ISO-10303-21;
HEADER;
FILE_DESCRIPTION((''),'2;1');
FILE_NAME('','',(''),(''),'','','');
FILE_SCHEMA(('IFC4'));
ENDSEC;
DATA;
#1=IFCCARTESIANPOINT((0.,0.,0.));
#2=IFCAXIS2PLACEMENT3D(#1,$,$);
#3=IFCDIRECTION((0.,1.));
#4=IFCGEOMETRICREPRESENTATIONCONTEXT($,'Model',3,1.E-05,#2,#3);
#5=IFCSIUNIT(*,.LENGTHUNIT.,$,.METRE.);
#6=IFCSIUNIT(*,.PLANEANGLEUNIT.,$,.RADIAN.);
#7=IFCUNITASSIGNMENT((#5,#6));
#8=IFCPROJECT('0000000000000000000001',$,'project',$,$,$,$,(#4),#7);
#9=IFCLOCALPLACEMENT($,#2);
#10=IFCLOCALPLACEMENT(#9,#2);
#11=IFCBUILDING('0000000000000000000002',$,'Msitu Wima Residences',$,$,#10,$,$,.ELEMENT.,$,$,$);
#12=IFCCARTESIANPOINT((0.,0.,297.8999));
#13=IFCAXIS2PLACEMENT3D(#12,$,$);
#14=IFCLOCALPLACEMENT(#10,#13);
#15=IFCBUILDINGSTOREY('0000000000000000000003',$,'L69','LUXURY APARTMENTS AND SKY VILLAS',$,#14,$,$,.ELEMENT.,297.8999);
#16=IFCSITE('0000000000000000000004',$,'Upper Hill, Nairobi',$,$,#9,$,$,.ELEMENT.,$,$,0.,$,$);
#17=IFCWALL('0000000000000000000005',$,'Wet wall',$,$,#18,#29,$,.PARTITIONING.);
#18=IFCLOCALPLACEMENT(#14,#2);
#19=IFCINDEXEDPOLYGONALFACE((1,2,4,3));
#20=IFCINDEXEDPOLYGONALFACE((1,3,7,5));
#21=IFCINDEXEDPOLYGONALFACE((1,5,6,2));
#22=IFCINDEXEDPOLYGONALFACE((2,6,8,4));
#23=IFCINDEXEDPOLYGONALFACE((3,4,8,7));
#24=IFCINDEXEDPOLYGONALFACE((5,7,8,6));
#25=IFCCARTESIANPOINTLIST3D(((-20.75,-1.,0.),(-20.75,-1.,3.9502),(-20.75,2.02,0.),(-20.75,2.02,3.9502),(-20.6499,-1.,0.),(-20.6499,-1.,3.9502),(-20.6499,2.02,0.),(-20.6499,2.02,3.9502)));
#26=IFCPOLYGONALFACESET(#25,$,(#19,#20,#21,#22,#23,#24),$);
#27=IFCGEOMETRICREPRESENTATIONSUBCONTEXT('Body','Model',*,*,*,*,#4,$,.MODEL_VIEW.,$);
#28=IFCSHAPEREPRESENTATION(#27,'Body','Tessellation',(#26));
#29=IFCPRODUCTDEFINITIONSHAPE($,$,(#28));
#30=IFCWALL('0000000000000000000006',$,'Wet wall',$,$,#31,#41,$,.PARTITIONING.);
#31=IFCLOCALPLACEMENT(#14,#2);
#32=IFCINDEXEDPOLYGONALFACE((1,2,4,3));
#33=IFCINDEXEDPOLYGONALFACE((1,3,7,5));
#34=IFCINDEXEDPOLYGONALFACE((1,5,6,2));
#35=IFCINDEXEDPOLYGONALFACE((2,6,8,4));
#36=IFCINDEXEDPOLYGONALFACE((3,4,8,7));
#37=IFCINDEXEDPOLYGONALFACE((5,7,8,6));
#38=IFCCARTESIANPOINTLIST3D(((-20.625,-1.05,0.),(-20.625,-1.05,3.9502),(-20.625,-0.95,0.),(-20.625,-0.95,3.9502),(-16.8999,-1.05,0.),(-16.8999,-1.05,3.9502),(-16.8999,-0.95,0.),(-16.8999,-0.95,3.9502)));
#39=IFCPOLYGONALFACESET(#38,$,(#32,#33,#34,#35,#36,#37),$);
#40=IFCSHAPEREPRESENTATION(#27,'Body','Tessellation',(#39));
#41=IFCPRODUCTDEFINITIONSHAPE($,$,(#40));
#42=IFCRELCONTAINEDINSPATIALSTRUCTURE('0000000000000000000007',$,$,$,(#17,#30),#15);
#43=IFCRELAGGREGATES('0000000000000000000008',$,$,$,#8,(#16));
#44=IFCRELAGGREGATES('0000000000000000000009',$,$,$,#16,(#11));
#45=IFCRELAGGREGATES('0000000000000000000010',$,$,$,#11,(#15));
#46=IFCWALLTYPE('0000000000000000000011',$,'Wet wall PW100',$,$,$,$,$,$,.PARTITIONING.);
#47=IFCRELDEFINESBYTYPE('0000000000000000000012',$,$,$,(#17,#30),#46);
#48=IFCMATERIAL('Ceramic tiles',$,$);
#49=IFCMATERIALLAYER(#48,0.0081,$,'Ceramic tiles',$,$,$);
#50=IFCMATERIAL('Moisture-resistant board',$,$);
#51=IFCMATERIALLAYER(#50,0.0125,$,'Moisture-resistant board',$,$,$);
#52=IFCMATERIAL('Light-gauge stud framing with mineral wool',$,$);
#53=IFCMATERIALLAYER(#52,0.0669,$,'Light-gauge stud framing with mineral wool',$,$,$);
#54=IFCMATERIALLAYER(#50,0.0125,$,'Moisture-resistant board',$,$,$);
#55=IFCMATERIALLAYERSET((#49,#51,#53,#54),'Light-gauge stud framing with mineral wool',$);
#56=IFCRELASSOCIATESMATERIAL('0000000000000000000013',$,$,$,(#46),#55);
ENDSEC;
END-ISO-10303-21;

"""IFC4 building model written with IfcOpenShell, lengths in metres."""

from ifc_helpers import new_model, si_unit, direction, frame, frame_2d, origin, place, context, subcontext, project, spatial, rectangle, extrude, material, layer, layer_set, type_object, element, save


model = new_model("IFC4")

# Units and contexts
model_context = context("Model", 3, precision=1e-05, world=origin(), true_north=direction((0.0, 1.0)))
body_context = subcontext(model_context, "Body", "Model", "MODEL_VIEW")
ifc_project = project(units=[si_unit("LENGTHUNIT", "METRE"), si_unit("PLANEANGLEUNIT", "RADIAN")], contexts=[model_context])

# Site, building, storey
site_placement = place(None, origin())
site = spatial("IfcSite", under=ifc_project, at=site_placement, Name="Upper Hill, Nairobi", CompositionType="ELEMENT", RefElevation=0.0)
building_placement = place(site_placement, origin())
building = spatial("IfcBuilding", under=site, at=building_placement, Name="Msitu Wima Residences", CompositionType="ELEMENT")
storey_placement = place(building_placement, frame((0.0, 0.0, 297.8999)))
storey = spatial("IfcBuildingStorey", under=building, at=storey_placement, Name="L69", Description="LUXURY APARTMENTS AND SKY VILLAS", CompositionType="ELEMENT", Elevation=297.8999)

# Walls
ifc_material_1 = material(Name="Ceramic tiles")
ifc_layer_1 = layer(ifc_material_1, 0.0081, Name="Ceramic tiles")
ifc_material_2 = material(Name="Moisture-resistant board")
ifc_layer_2 = layer(ifc_material_2, 0.0125, Name="Moisture-resistant board")
ifc_material_3 = material(Name="Light-gauge stud framing with mineral wool")
ifc_layer_3 = layer(ifc_material_3, 0.0669, Name="Light-gauge stud framing with mineral wool")
ifc_layer_4 = layer(ifc_material_2, 0.0125, Name="Moisture-resistant board")
ifc_layer_set_1 = layer_set([ifc_layer_1, ifc_layer_2, ifc_layer_3, ifc_layer_4], Name="Light-gauge stud framing with mineral wool")
wall_type_1 = type_object("IfcWallType", Name="Wet wall PW100", PredefinedType="PARTITIONING", material=ifc_layer_set_1)
wall_1_placement = place(storey_placement, frame((-20.7, -1.0, 0.0), z_axis=(0.0, 0.0, 1.0), x_axis=(0.0, 1.0, 0.0)))
element("IfcWall", 1, at=wall_1_placement, inside=storey, type_object=wall_type_1, Name="Wet wall", PredefinedType="PARTITIONING", context=body_context, shape_type="SweptSolid", body=[
    extrude(rectangle(XDim=3.02, YDim=0.1001, at=frame_2d((1.51, 0.0))), origin(), (0.0, 0.0, 1.0), 3.9502),
])
wall_2_placement = place(storey_placement, frame((-20.625, -1.0, 0.0), z_axis=(0.0, 0.0, 1.0), x_axis=(1.0, 0.0, 0.0)))
element("IfcWall", 2, at=wall_2_placement, inside=storey, type_object=wall_type_1, Name="Wet wall", PredefinedType="PARTITIONING", context=body_context, shape_type="SweptSolid", body=[
    extrude(rectangle(XDim=3.7251, YDim=0.1001, at=frame_2d((1.8625, 0.0))), origin(), (0.0, 0.0, 1.0), 3.9502),
])

save(model, "model.ifc")
